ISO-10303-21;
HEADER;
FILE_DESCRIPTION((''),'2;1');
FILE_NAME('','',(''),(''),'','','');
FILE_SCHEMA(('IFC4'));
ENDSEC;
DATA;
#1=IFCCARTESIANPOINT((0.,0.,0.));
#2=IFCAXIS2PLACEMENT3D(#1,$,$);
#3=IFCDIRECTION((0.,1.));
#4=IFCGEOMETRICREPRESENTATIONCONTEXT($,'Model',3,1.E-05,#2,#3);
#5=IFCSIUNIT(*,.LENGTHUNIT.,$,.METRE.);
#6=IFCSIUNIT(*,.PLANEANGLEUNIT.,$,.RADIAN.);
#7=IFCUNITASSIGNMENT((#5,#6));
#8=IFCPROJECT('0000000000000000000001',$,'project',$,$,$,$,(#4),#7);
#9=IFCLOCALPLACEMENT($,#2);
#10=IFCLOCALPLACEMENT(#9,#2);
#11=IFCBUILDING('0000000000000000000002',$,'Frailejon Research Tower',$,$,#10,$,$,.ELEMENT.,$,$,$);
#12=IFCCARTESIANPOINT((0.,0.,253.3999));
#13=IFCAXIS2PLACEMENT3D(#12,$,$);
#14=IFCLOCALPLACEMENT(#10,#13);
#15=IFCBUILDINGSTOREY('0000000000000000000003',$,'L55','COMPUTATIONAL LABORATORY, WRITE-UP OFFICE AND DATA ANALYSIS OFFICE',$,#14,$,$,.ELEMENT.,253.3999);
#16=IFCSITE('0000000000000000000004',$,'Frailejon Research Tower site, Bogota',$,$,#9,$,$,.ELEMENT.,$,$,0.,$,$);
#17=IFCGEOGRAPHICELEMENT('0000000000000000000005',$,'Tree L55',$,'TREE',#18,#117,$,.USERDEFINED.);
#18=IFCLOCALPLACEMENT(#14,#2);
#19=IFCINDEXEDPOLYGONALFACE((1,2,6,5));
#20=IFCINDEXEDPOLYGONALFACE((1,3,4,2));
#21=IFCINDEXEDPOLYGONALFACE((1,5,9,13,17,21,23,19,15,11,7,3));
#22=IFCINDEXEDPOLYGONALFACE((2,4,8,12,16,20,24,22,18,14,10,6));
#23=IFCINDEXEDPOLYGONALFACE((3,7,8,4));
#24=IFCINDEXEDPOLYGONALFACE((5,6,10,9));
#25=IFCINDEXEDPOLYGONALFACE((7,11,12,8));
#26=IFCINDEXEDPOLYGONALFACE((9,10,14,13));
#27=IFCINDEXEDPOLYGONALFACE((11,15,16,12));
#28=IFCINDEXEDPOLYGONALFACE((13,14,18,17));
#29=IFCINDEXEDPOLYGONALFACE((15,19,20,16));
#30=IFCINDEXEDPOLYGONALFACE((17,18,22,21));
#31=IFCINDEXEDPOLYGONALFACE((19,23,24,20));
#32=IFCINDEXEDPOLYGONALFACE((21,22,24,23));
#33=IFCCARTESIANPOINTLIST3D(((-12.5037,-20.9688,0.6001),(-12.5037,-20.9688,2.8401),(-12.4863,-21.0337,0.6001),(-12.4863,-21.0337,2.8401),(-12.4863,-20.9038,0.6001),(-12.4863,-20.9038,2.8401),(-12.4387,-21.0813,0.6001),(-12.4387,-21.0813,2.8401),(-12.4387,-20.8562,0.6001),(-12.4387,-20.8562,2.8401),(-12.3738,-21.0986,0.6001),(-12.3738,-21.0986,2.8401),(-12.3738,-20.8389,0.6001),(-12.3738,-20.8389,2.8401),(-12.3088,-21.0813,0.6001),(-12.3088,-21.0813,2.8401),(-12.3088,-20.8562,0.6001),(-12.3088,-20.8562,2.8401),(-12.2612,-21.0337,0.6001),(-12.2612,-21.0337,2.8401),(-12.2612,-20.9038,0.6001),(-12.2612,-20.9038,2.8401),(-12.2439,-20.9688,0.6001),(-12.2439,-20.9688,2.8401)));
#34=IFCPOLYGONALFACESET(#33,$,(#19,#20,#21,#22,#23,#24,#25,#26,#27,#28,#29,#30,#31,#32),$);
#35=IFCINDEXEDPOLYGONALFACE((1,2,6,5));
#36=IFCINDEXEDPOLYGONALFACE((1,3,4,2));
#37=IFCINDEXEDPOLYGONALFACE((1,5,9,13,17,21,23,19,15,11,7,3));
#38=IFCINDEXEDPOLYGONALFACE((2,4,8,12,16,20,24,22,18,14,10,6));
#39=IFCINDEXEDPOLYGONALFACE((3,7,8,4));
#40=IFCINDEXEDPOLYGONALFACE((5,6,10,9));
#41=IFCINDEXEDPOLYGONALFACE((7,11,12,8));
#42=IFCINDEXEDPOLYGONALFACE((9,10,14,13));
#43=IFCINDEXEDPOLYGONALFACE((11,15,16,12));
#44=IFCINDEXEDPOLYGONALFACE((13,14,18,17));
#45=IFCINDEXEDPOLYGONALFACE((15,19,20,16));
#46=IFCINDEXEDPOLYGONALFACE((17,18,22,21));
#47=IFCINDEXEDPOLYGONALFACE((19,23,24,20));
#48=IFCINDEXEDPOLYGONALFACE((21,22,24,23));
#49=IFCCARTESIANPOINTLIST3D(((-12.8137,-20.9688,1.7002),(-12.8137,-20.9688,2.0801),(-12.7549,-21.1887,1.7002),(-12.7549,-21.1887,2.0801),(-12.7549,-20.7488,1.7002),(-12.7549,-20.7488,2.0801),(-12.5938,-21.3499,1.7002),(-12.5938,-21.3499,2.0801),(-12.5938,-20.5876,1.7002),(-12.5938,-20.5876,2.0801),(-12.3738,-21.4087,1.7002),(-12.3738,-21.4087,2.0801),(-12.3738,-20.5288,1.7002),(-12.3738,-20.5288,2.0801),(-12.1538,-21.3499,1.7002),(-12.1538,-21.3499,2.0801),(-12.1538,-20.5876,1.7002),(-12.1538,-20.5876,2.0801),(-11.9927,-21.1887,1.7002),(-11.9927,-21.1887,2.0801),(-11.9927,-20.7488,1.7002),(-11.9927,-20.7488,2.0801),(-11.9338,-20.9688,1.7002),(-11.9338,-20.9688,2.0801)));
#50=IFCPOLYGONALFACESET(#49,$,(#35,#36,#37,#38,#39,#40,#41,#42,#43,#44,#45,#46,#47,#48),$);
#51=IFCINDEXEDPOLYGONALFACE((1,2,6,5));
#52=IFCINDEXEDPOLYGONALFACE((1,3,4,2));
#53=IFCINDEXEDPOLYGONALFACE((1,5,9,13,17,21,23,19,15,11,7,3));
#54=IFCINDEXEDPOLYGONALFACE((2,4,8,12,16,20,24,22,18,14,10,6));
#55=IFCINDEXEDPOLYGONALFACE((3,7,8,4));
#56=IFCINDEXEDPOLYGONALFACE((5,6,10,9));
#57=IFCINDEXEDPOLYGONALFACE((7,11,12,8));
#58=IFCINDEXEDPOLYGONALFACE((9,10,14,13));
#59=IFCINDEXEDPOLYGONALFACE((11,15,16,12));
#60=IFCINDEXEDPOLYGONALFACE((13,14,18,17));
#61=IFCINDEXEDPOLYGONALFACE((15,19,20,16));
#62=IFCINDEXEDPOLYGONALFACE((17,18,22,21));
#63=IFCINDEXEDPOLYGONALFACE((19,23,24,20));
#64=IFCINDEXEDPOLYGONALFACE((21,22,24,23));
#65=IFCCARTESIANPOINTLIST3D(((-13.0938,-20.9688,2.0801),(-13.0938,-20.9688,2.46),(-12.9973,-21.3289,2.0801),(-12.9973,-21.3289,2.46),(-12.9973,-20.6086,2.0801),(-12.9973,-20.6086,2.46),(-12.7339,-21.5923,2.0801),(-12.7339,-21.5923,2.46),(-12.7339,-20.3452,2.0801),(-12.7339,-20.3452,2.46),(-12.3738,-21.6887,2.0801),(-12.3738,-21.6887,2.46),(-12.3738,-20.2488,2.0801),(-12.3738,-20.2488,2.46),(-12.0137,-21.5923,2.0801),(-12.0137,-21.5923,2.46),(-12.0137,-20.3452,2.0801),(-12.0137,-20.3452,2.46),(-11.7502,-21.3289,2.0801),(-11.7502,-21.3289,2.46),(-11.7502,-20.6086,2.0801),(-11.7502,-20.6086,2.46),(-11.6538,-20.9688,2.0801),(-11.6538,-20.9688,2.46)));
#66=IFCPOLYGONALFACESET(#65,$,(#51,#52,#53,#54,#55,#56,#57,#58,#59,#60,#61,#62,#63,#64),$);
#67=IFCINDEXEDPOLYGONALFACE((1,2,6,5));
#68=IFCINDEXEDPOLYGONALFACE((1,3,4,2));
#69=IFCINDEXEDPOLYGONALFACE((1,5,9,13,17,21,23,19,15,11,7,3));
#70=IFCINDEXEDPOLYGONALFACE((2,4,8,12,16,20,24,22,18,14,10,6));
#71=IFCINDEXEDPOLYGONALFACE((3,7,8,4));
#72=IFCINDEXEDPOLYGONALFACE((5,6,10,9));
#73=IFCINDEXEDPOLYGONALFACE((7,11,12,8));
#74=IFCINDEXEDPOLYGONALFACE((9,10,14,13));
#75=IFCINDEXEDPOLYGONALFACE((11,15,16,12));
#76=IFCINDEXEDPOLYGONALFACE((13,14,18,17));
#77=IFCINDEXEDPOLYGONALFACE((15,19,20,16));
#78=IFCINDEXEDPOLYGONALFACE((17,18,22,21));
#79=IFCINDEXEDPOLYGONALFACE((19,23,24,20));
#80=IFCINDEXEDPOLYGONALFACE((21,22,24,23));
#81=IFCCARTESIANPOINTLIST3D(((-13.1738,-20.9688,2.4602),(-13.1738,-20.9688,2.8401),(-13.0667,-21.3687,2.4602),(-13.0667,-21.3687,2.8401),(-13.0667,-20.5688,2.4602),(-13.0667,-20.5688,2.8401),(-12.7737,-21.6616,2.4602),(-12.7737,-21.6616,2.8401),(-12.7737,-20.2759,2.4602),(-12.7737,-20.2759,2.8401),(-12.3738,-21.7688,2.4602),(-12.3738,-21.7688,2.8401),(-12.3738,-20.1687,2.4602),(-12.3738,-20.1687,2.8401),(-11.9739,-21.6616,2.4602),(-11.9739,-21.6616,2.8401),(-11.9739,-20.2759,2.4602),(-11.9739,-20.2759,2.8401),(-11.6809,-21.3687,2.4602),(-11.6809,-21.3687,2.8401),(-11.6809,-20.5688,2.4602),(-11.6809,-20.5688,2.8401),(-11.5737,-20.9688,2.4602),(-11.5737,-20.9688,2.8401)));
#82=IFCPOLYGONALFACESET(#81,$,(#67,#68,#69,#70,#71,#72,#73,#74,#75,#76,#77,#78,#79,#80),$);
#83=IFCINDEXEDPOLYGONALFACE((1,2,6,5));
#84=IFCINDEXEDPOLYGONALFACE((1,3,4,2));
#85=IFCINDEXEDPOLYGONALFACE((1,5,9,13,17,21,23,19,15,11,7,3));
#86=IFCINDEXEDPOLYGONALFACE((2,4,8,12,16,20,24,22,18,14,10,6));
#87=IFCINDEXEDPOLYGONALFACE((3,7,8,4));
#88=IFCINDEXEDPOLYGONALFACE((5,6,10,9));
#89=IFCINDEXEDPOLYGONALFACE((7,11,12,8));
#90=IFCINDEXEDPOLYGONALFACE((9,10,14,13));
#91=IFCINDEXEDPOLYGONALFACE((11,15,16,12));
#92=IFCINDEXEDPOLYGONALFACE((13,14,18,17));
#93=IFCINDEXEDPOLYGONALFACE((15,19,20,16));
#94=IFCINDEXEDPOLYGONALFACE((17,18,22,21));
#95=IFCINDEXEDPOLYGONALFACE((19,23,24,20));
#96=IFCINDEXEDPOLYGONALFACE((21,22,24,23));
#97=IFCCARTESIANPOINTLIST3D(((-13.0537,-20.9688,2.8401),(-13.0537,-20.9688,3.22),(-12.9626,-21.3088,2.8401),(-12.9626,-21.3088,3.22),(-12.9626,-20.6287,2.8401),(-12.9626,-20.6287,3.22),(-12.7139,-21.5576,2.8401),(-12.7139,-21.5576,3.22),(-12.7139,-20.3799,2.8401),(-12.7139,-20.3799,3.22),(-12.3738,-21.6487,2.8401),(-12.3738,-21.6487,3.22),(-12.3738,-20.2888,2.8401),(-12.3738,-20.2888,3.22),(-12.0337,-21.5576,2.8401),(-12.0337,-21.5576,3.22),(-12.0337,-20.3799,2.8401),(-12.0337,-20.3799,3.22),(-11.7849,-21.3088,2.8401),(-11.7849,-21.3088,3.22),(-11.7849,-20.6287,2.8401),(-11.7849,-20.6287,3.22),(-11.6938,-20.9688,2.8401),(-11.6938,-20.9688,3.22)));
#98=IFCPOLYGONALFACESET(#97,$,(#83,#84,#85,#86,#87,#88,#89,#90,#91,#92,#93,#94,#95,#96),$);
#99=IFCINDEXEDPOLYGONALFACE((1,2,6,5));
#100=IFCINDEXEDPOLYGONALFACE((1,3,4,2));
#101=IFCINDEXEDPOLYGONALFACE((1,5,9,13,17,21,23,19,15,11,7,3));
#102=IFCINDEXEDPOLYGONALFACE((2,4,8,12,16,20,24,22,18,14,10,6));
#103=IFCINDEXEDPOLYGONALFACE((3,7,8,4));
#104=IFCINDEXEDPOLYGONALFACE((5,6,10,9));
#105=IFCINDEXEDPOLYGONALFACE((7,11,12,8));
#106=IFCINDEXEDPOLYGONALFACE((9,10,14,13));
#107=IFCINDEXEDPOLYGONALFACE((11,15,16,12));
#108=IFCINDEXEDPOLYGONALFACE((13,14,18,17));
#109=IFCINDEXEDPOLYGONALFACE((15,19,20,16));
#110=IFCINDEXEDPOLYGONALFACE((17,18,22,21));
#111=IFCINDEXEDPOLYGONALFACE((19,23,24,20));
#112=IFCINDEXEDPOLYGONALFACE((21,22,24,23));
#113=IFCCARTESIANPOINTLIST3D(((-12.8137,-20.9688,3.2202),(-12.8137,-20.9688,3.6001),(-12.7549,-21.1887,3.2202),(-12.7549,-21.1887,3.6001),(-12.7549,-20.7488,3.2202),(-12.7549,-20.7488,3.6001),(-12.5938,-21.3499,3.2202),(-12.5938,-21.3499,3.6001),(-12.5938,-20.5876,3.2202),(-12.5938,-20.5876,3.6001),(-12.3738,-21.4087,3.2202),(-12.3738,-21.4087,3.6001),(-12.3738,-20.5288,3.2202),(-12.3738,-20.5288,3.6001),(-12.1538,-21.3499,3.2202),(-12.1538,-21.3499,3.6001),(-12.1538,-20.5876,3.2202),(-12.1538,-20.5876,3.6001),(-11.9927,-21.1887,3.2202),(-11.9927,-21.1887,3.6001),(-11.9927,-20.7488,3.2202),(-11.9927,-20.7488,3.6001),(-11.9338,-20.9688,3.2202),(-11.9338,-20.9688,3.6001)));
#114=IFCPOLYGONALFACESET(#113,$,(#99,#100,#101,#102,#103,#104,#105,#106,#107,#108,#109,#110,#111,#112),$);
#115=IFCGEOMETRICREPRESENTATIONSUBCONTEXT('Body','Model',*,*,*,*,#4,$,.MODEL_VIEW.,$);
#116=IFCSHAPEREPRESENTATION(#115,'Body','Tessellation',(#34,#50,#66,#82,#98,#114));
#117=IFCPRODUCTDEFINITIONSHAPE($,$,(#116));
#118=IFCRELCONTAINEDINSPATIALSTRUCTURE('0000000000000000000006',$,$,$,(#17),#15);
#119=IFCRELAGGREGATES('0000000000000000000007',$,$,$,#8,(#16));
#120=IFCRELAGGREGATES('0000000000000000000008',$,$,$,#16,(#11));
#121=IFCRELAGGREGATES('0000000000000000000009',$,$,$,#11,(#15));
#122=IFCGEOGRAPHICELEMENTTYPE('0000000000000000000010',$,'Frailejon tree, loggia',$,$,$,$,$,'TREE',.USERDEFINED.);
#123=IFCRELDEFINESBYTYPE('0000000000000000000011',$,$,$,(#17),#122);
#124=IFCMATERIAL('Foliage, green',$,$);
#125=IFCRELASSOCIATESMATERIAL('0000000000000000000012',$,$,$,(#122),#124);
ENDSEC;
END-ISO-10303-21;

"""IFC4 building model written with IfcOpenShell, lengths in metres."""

from ifc_helpers import new_model, si_unit, direction, frame, origin, place, context, subcontext, project, spatial, polyline, outline, extrude, material, type_object, element, save


model = new_model("IFC4")

# Units and contexts
model_context = context("Model", 3, precision=1e-05, world=origin(), true_north=direction((0.0, 1.0)))
body_context = subcontext(model_context, "Body", "Model", "MODEL_VIEW")
ifc_project = project(units=[si_unit("LENGTHUNIT", "METRE"), si_unit("PLANEANGLEUNIT", "RADIAN")], contexts=[model_context])

# Site, building, storey
site_placement = place(None, origin())
site = spatial("IfcSite", under=ifc_project, at=site_placement, Name="Frailejon Research Tower site, Bogota", CompositionType="ELEMENT", RefElevation=0.0)
building_placement = place(site_placement, origin())
building = spatial("IfcBuilding", under=site, at=building_placement, Name="Frailejon Research Tower", CompositionType="ELEMENT")
storey_placement = place(building_placement, frame((0.0, 0.0, 253.3999)))
storey = spatial("IfcBuildingStorey", under=building, at=storey_placement, Name="L55", Description="COMPUTATIONAL LABORATORY, WRITE-UP OFFICE AND DATA ANALYSIS OFFICE", CompositionType="ELEMENT", Elevation=253.3999)

# Geographic element
ifc_material_1 = material(Name="Foliage, green")
geographic_element_type = type_object("IfcGeographicElementType", Name="Frailejon tree, loggia", ElementType="TREE", PredefinedType="USERDEFINED", material=ifc_material_1)
geographic_element_placement = place(storey_placement, frame((-12.3738, -20.9688, 0.6001)))
element("IfcGeographicElement", 1, at=geographic_element_placement, inside=storey, type_object=geographic_element_type, Name="Tree L55", ObjectType="TREE", PredefinedType="USERDEFINED", context=body_context, shape_type="SweptSolid", body=[
    extrude(outline(polyline([(0.1299, 0.0), (0.1125, 0.0649), (0.0649, 0.1125), (0.0, 0.1299), (-0.0649, 0.1125), (-0.1125, 0.0649), (-0.1299, 0.0), (-0.1125, -0.0649), (-0.0649, -0.1125), (0.0, -0.1299), (0.0649, -0.1125), (0.1125, -0.0649), (0.1299, 0.0)])), origin(), (0.0, 0.0, 1.0), 2.24),
    extrude(outline(polyline([(0.4399, 0.0), (0.3811, 0.22), (0.22, 0.3811), (0.0, 0.4399), (-0.22, 0.3811), (-0.3811, 0.22), (-0.4399, 0.0), (-0.3811, -0.22), (-0.22, -0.3811), (0.0, -0.4399), (0.22, -0.3811), (0.3811, -0.22), (0.4399, 0.0)])), frame((0.0, 0.0, 1.1001)), (0.0, 0.0, 1.0), 0.3799),
    extrude(outline(polyline([(0.72, 0.0), (0.6235, 0.3601), (0.3601, 0.6235), (0.0, 0.72), (-0.3601, 0.6235), (-0.6235, 0.3601), (-0.72, 0.0), (-0.6235, -0.3601), (-0.3601, -0.6235), (0.0, -0.72), (0.3601, -0.6235), (0.6235, -0.3601), (0.72, 0.0)])), frame((0.0, 0.0, 1.48)), (0.0, 0.0, 1.0), 0.3799),
    extrude(outline(polyline([(0.8, 0.0), (0.6929, 0.3999), (0.3999, 0.6929), (0.0, 0.8), (-0.3999, 0.6929), (-0.6929, 0.3999), (-0.8, 0.0), (-0.6929, -0.3999), (-0.3999, -0.6929), (0.0, -0.8), (0.3999, -0.6929), (0.6929, -0.3999), (0.8, 0.0)])), frame((0.0, 0.0, 1.8601)), (0.0, 0.0, 1.0), 0.3799),
    extrude(outline(polyline([(0.6799, 0.0), (0.5889, 0.3401), (0.3401, 0.5889), (0.0, 0.6799), (-0.3401, 0.5889), (-0.5889, 0.3401), (-0.6799, 0.0), (-0.5889, -0.3401), (-0.3401, -0.5889), (0.0, -0.6799), (0.3401, -0.5889), (0.5889, -0.3401), (0.6799, 0.0)])), frame((0.0, 0.0, 2.24)), (0.0, 0.0, 1.0), 0.3799),
    extrude(outline(polyline([(0.4399, 0.0), (0.3811, 0.22), (0.22, 0.3811), (0.0, 0.4399), (-0.22, 0.3811), (-0.3811, 0.22), (-0.4399, 0.0), (-0.3811, -0.22), (-0.22, -0.3811), (0.0, -0.4399), (0.22, -0.3811), (0.3811, -0.22), (0.4399, 0.0)])), frame((0.0, 0.0, 2.6201)), (0.0, 0.0, 1.0), 0.3799),
])

save(model, "model.ifc")
